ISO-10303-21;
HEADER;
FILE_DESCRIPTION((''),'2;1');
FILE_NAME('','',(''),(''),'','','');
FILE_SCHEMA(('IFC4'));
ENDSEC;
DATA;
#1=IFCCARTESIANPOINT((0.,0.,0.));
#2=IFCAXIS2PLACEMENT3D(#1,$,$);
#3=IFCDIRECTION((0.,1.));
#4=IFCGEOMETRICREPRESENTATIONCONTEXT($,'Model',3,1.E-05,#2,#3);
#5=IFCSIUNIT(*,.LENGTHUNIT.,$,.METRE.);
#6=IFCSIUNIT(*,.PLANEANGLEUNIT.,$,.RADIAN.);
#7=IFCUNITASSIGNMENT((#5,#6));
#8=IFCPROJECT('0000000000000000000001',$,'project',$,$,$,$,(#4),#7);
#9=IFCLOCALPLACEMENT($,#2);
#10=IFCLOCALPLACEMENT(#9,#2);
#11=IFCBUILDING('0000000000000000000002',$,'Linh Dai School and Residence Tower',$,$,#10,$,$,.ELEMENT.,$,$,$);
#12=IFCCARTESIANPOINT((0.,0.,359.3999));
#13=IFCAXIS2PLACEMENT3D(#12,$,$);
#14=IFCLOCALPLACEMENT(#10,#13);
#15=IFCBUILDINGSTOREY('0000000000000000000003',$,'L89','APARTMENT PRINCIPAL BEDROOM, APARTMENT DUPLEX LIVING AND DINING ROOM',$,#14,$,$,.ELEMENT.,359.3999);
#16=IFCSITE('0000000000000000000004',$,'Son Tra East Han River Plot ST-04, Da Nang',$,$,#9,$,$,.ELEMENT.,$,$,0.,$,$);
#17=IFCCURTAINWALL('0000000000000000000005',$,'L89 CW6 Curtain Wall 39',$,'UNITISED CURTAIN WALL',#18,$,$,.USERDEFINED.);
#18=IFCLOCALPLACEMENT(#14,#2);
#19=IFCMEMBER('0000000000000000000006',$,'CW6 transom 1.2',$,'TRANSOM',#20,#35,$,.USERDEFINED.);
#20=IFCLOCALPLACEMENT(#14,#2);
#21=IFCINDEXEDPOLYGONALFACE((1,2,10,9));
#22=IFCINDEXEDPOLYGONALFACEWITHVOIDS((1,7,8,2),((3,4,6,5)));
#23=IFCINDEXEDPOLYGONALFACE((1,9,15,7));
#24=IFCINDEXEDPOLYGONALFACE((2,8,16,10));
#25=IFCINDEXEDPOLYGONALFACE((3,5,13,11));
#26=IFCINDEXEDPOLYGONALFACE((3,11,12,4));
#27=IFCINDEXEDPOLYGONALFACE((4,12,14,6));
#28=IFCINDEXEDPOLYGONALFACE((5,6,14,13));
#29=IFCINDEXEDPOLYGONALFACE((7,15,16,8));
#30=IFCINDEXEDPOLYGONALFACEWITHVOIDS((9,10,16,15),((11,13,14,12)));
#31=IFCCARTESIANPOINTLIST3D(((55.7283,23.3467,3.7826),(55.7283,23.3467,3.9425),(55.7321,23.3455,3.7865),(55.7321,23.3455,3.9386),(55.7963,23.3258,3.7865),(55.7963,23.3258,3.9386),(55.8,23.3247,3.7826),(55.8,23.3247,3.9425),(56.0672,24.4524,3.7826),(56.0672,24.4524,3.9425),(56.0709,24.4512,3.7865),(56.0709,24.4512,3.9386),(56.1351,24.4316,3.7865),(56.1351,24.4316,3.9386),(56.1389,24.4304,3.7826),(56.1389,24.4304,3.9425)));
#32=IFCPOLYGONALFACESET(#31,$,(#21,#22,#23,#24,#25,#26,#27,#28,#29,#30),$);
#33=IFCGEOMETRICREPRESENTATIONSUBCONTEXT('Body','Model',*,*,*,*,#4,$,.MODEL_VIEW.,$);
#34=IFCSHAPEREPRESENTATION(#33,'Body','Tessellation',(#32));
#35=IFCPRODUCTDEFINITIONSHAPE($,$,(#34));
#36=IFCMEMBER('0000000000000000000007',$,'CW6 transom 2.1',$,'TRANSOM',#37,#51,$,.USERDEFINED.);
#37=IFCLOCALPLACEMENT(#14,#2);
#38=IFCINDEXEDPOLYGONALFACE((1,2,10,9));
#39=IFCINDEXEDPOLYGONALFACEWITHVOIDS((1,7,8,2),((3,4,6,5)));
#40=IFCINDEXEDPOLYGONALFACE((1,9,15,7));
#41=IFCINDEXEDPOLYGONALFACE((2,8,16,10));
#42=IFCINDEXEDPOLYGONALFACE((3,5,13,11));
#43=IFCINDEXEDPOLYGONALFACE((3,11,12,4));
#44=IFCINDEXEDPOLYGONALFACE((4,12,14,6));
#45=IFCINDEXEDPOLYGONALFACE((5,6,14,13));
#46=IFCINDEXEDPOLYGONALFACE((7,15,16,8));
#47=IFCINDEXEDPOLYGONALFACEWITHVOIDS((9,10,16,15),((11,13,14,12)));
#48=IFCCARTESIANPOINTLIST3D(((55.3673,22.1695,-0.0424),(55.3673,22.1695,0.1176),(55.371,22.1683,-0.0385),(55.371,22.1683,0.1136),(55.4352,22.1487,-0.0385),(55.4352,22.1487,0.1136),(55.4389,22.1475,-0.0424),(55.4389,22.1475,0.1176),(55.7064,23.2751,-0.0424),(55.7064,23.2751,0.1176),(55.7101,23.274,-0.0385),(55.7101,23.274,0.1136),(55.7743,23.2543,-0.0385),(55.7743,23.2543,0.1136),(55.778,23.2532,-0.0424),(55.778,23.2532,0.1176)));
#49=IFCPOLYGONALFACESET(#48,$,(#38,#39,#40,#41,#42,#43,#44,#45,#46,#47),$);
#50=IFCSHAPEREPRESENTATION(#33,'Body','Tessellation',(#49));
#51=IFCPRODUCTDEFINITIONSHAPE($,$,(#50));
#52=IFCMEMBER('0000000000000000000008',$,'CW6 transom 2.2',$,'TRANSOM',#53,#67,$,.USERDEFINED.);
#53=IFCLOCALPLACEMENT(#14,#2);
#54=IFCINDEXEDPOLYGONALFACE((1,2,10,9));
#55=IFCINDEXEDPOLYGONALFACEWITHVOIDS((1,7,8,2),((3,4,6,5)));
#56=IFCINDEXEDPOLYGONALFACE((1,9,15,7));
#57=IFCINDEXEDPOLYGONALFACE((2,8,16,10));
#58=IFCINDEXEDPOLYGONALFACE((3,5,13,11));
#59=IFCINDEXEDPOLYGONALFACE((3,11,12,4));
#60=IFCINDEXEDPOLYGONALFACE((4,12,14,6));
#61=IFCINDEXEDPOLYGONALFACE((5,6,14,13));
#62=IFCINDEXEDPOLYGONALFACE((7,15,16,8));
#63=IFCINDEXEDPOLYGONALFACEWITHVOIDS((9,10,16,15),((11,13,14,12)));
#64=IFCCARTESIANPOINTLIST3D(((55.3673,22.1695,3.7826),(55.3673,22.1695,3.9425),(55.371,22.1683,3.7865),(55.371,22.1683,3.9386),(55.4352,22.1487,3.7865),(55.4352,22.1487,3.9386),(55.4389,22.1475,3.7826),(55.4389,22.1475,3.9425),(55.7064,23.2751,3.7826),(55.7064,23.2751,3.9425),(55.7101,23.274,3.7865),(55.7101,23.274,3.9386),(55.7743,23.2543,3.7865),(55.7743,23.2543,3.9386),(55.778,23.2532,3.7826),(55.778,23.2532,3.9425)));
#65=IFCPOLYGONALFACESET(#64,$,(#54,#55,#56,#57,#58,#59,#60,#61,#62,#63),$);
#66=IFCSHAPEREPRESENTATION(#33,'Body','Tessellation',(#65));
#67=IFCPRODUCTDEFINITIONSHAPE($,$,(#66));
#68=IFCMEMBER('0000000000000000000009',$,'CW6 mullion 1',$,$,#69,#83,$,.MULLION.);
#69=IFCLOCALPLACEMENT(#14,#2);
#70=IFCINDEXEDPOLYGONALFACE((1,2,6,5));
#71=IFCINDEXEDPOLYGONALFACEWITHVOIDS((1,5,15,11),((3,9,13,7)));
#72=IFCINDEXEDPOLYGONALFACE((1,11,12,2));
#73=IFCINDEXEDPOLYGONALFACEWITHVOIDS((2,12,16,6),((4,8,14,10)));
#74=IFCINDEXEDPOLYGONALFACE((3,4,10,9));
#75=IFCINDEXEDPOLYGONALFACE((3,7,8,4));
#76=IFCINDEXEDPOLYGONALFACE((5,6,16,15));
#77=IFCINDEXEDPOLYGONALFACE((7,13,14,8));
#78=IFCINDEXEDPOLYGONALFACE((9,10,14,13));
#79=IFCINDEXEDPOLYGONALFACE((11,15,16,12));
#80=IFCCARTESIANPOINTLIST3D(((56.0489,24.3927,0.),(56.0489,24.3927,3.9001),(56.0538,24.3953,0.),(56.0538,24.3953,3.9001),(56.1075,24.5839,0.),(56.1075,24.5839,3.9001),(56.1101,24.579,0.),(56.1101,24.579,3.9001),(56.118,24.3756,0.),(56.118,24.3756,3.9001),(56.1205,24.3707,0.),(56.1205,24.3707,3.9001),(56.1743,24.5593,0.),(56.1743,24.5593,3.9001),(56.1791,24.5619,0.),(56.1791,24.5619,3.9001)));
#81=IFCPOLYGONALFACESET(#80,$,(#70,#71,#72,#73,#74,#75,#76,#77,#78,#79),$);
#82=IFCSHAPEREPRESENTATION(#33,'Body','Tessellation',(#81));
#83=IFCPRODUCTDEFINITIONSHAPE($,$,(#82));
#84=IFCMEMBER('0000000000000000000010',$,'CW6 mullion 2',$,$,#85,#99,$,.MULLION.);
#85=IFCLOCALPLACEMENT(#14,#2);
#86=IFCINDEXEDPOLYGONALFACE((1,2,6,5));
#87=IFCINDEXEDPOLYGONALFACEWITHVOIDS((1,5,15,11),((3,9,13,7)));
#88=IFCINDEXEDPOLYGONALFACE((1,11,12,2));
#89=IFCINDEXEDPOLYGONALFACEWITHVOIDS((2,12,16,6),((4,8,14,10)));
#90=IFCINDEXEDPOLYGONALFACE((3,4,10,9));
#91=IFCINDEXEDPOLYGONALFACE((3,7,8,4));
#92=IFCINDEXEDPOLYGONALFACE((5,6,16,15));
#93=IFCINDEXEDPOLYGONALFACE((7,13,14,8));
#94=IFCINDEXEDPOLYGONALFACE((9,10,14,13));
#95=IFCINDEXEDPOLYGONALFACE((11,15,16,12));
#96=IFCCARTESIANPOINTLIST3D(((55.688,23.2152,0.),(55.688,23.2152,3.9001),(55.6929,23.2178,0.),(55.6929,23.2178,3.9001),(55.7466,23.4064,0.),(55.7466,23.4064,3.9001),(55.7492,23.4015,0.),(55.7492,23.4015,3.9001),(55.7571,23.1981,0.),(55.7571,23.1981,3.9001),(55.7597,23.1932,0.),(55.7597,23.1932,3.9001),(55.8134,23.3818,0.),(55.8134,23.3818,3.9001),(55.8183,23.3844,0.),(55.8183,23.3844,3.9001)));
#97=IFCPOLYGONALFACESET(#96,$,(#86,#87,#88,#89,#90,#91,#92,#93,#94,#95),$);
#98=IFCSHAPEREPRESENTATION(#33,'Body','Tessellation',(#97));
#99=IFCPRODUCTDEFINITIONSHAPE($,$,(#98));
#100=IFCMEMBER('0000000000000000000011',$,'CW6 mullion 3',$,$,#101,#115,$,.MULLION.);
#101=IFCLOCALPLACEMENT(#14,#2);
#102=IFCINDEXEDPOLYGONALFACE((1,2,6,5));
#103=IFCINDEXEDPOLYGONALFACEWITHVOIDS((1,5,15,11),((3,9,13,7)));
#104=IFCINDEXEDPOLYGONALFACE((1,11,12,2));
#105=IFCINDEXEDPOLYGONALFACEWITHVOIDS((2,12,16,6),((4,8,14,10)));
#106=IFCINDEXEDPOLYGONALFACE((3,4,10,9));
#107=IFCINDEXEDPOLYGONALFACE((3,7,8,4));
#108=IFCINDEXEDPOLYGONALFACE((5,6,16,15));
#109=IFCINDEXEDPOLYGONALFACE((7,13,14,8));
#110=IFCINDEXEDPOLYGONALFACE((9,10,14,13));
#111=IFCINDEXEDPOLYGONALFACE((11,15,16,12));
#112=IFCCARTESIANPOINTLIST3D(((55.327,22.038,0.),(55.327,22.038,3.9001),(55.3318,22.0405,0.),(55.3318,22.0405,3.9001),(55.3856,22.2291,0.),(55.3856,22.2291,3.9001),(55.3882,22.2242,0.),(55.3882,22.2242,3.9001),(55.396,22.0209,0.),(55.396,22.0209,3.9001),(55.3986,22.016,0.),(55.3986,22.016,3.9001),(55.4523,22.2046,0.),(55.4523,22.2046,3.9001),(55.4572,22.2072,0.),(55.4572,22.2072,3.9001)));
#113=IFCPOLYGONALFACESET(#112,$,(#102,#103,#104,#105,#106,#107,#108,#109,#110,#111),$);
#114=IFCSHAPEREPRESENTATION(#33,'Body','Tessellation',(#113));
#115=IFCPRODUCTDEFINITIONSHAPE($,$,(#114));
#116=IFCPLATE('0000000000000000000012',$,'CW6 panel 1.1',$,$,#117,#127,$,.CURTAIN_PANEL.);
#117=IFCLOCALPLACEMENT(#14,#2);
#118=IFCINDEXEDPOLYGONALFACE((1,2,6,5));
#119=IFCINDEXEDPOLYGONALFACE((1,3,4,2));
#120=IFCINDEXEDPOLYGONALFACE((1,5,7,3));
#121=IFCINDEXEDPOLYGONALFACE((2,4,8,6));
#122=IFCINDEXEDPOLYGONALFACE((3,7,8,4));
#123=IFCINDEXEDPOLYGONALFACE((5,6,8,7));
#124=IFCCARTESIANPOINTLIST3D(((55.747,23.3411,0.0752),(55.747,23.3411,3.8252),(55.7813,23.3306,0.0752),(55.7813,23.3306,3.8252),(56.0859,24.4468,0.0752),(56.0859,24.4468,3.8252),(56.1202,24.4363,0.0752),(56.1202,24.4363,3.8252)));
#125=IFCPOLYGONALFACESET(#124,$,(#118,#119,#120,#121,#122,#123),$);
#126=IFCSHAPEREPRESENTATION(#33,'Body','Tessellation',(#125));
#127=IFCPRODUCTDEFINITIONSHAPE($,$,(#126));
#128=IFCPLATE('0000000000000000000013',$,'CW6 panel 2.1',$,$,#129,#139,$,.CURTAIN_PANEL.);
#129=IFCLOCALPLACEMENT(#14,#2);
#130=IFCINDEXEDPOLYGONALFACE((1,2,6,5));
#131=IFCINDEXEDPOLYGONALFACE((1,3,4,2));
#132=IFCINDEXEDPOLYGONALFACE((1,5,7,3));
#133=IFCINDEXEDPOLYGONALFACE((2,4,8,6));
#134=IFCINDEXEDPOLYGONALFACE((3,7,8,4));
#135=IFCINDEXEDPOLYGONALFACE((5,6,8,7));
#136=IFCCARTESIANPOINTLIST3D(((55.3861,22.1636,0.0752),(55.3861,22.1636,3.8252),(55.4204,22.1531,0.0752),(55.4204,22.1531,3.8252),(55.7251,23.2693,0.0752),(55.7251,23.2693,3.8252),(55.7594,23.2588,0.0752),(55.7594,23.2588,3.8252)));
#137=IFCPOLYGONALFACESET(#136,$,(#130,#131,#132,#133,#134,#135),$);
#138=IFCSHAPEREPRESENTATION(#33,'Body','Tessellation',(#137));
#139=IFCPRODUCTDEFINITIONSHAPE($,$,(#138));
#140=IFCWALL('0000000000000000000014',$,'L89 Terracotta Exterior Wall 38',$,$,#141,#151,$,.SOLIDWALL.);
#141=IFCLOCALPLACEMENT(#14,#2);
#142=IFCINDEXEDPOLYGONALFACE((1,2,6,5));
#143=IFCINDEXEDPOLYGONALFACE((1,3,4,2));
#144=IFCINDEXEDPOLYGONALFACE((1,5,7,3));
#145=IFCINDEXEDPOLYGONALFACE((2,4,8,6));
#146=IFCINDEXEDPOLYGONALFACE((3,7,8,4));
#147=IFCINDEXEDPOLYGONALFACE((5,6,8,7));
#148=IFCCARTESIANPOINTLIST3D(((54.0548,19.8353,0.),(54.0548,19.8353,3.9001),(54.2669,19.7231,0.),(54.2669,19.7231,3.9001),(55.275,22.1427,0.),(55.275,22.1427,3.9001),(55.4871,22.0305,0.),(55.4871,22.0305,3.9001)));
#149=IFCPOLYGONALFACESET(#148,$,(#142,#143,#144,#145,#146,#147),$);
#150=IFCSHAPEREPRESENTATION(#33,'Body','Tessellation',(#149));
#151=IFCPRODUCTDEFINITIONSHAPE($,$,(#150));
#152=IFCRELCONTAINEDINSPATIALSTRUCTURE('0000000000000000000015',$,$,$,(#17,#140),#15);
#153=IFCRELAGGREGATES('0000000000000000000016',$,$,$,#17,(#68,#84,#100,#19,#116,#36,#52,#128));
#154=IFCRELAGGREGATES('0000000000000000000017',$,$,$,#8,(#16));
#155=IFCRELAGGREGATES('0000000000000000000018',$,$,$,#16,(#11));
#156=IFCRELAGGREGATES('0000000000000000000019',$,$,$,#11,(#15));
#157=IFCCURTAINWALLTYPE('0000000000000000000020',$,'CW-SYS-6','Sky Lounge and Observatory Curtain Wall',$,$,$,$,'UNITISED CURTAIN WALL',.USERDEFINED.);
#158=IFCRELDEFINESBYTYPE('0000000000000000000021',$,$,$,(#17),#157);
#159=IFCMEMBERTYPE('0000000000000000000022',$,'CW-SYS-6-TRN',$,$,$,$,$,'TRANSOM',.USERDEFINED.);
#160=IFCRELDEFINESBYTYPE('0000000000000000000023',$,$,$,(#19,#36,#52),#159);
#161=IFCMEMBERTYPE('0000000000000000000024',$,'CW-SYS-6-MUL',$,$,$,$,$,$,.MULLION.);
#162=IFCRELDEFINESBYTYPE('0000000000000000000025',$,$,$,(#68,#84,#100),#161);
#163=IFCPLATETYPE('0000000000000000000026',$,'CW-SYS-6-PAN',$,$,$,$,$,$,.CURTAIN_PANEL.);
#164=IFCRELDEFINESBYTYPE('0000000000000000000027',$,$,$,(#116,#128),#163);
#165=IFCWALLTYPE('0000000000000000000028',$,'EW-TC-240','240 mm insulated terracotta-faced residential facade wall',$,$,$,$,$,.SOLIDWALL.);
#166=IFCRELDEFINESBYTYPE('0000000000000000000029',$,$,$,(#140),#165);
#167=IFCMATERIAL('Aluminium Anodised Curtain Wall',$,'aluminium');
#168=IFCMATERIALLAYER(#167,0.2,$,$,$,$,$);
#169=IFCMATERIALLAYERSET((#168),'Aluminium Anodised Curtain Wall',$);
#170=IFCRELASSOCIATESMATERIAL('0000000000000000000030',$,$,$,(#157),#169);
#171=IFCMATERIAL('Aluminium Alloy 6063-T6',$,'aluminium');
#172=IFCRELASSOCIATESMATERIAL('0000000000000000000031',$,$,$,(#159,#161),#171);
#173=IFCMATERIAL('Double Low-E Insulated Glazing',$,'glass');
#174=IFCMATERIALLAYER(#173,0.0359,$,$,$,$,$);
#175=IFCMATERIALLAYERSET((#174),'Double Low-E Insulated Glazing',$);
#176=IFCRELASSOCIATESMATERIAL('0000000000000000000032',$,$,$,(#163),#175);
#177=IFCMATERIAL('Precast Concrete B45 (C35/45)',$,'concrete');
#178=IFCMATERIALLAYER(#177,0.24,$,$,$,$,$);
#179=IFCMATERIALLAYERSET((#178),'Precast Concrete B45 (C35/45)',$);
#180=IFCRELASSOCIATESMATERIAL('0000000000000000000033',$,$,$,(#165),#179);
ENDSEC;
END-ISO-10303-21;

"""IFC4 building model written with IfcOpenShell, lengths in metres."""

from ifc_helpers import new_model, si_unit, direction, frame, frame_2d, origin, origin_2d, place, context, subcontext, project, spatial, rectangle, hollow_rectangle, extrude, source, transform, mapped, material, layer, layer_set, material_profile, profile_set, type_object, element, aggregate, save


model = new_model("IFC4")

# Units and contexts
model_context = context("Model", 3, precision=1e-05, world=origin(), true_north=direction((0.0, 1.0)))
body_context = subcontext(model_context, "Body", "Model", "MODEL_VIEW")
ifc_project = project(units=[si_unit("LENGTHUNIT", "METRE"), si_unit("PLANEANGLEUNIT", "RADIAN")], contexts=[model_context])

# Site, building, storey
site_placement = place(None, origin())
site = spatial("IfcSite", under=ifc_project, at=site_placement, Name="Son Tra East Han River Plot ST-04, Da Nang", CompositionType="ELEMENT", RefElevation=0.0)
building_placement = place(site_placement, origin())
building = spatial("IfcBuilding", under=site, at=building_placement, Name="Linh Dai School and Residence Tower", CompositionType="ELEMENT")
storey_placement = place(building_placement, frame((0.0, 0.0, 359.3999)))
storey = spatial("IfcBuildingStorey", under=building, at=storey_placement, Name="L89", Description="APARTMENT PRINCIPAL BEDROOM, APARTMENT DUPLEX LIVING AND DINING ROOM", CompositionType="ELEMENT", Elevation=359.3999)

# Curtain wall, members, plates
ifc_material_1 = material(Name="Aluminium Anodised Curtain Wall", Category="aluminium")
ifc_layer_1 = layer(ifc_material_1, 0.2)
ifc_layer_set_1 = layer_set([ifc_layer_1], Name="Aluminium Anodised Curtain Wall")
curtain_wall_type = type_object("IfcCurtainWallType", Name="CW-SYS-6", Description="Sky Lounge and Observatory Curtain Wall", ElementType="UNITISED CURTAIN WALL", PredefinedType="USERDEFINED", material=ifc_layer_set_1)
curtain_wall_placement = place(storey_placement, origin())
curtain_wall = element("IfcCurtainWall", 1, at=curtain_wall_placement, inside=storey, type_object=curtain_wall_type, Name="L89 CW6 Curtain Wall 39", ObjectType="UNITISED CURTAIN WALL", PredefinedType="USERDEFINED")
ifc_material_2 = material(Name="Aluminium Alloy 6063-T6", Category="aluminium")
ifc_material_profile_1 = material_profile(ifc_material_2, hollow_rectangle(XDim=0.075, YDim=0.1599, WallThickness=0.0039, at=origin_2d()), Name="RHS 160x75x4")
ifc_profile_set_1 = profile_set([ifc_material_profile_1], Name="Aluminium Alloy 6063-T6")
member_type_1 = type_object("IfcMemberType", Name="CW-SYS-6-TRN", ElementType="TRANSOM", PredefinedType="USERDEFINED", material=ifc_profile_set_1)
shared_shape_1 = source(origin(), body_context, "Body", "SweptSolid", [
    extrude(hollow_rectangle(XDim=0.075, YDim=0.1599, WallThickness=0.0039, at=origin_2d()), origin(), (0.0, 0.0, 1.0), 1.1565),
])
member_1_placement = place(storey_placement, frame((56.103, 24.4414, 3.8625), z_axis=(-0.293018, -0.956107, 0.0), x_axis=(0.956107, -0.293018, 0.0)))
member_1 = element("IfcMember", 2, at=member_1_placement, type_object=member_type_1, Name="CW6 transom 1.2", ObjectType="TRANSOM", PredefinedType="USERDEFINED", context=body_context, shape_type="MappedRepresentation", body=[
    mapped(shared_shape_1, transform((0.0, 0.0, 0.0), x_axis=(1.0, 0.0, 0.0), y_axis=(0.0, 1.0, 0.0), z_axis=(0.0, 0.0, 1.0), scale=1.0)),
])
member_2_placement = place(storey_placement, frame((55.7422, 23.2642, 0.0376), z_axis=(-0.293211, -0.956048, 0.0), x_axis=(0.956048, -0.293211, 0.0)))
member_2 = element("IfcMember", 3, at=member_2_placement, type_object=member_type_1, Name="CW6 transom 2.1", ObjectType="TRANSOM", PredefinedType="USERDEFINED", context=body_context, shape_type="MappedRepresentation", body=[
    mapped(shared_shape_1, transform((0.0, 0.0, 0.0), x_axis=(1.0, 0.0, 0.0), y_axis=(0.0, 1.0, 0.0), z_axis=(0.0, 0.0, 1.0), scale=1.0)),
])
member_3_placement = place(storey_placement, frame((55.7422, 23.2642, 3.8625), z_axis=(-0.293211, -0.956048, 0.0), x_axis=(0.956048, -0.293211, 0.0)))
member_3 = element("IfcMember", 4, at=member_3_placement, type_object=member_type_1, Name="CW6 transom 2.2", ObjectType="TRANSOM", PredefinedType="USERDEFINED", context=body_context, shape_type="MappedRepresentation", body=[
    mapped(shared_shape_1, transform((0.0, 0.0, 0.0), x_axis=(1.0, 0.0, 0.0), y_axis=(0.0, 1.0, 0.0), z_axis=(0.0, 0.0, 1.0), scale=1.0)),
])
ifc_material_profile_2 = material_profile(ifc_material_2, hollow_rectangle(XDim=0.075, YDim=0.2, WallThickness=0.0039, at=origin_2d()), Name="RHS 200x75x4")
ifc_profile_set_2 = profile_set([ifc_material_profile_2], Name="Aluminium Alloy 6063-T6")
member_type_2 = type_object("IfcMemberType", Name="CW-SYS-6-MUL", PredefinedType="MULLION", material=ifc_profile_set_2)
shared_shape_2 = source(origin(), body_context, "Body", "SweptSolid", [
    extrude(hollow_rectangle(XDim=0.075, YDim=0.2, WallThickness=0.0039, at=origin_2d()), origin(), (0.0, 0.0, 1.0), 3.9001),
])
member_4_placement = place(storey_placement, frame((56.114, 24.4773, 0.0), z_axis=(0.0, 0.0, 1.0), x_axis=(0.956083, -0.293095, 0.0)))
member_4 = element("IfcMember", 5, at=member_4_placement, type_object=member_type_2, Name="CW6 mullion 1", PredefinedType="MULLION", context=body_context, shape_type="MappedRepresentation", body=[
    mapped(shared_shape_2, transform((0.0, 0.0, 0.0), x_axis=(1.0, 0.0, 0.0), y_axis=(0.0, 1.0, 0.0), z_axis=(0.0, 0.0, 1.0), scale=1.0)),
])
member_5_placement = place(storey_placement, frame((55.7532, 23.2998, 0.0), z_axis=(0.0, 0.0, 1.0), x_axis=(0.956083, -0.293095, 0.0)))
member_5 = element("IfcMember", 6, at=member_5_placement, type_object=member_type_2, Name="CW6 mullion 2", PredefinedType="MULLION", context=body_context, shape_type="MappedRepresentation", body=[
    mapped(shared_shape_2, transform((0.0, 0.0, 0.0), x_axis=(1.0, 0.0, 0.0), y_axis=(0.0, 1.0, 0.0), z_axis=(0.0, 0.0, 1.0), scale=1.0)),
])
member_6_placement = place(storey_placement, frame((55.3921, 22.1226, 0.0), z_axis=(0.0, 0.0, 1.0), x_axis=(0.956083, -0.293095, 0.0)))
member_6 = element("IfcMember", 7, at=member_6_placement, type_object=member_type_2, Name="CW6 mullion 3", PredefinedType="MULLION", context=body_context, shape_type="MappedRepresentation", body=[
    mapped(shared_shape_2, transform((0.0, 0.0, 0.0), x_axis=(1.0, 0.0, 0.0), y_axis=(0.0, 1.0, 0.0), z_axis=(0.0, 0.0, 1.0), scale=1.0)),
])
ifc_material_3 = material(Name="Double Low-E Insulated Glazing", Category="glass")
ifc_layer_2 = layer(ifc_material_3, 0.0359)
ifc_layer_set_2 = layer_set([ifc_layer_2], Name="Double Low-E Insulated Glazing")
plate_type = type_object("IfcPlateType", Name="CW-SYS-6-PAN", PredefinedType="CURTAIN_PANEL", material=ifc_layer_set_2)
shared_shape_3 = source(origin(), body_context, "Body", "SweptSolid", [
    extrude(rectangle(XDim=1.1565, YDim=0.0359, at=origin_2d()), origin(), (0.0, 0.0, 1.0), 3.75),
])
plate_1_placement = place(storey_placement, frame((55.9336, 23.8887, 0.0752), z_axis=(0.0, 0.0, 1.0), x_axis=(-0.293095, -0.956083, 0.0)))
plate_1 = element("IfcPlate", 8, at=plate_1_placement, type_object=plate_type, Name="CW6 panel 1.1", PredefinedType="CURTAIN_PANEL", context=body_context, shape_type="MappedRepresentation", body=[
    mapped(shared_shape_3, transform((0.0, 0.0, 0.0), x_axis=(1.0, 0.0, 0.0), y_axis=(0.0, 1.0, 0.0), z_axis=(0.0, 0.0, 1.0), scale=1.0)),
])
plate_2_placement = place(storey_placement, frame((55.5728, 22.7112, 0.0752), z_axis=(0.0, 0.0, 1.0), x_axis=(-0.293095, -0.956083, 0.0)))
plate_2 = element("IfcPlate", 9, at=plate_2_placement, type_object=plate_type, Name="CW6 panel 2.1", PredefinedType="CURTAIN_PANEL", context=body_context, shape_type="MappedRepresentation", body=[
    mapped(shared_shape_3, transform((0.0, 0.0, 0.0), x_axis=(1.0, 0.0, 0.0), y_axis=(0.0, 1.0, 0.0), z_axis=(0.0, 0.0, 1.0), scale=1.0)),
])
aggregate(curtain_wall, [member_4, member_5, member_6, member_1, plate_1, member_2, member_3, plate_2])

# Wall
ifc_material_4 = material(Name="Precast Concrete B45 (C35/45)", Category="concrete")
ifc_layer_3 = layer(ifc_material_4, 0.24)
ifc_layer_set_3 = layer_set([ifc_layer_3], Name="Precast Concrete B45 (C35/45)")
wall_type_1 = type_object("IfcWallType", Name="EW-TC-240", Description="240 mm insulated terracotta-faced residential facade wall", PredefinedType="SOLIDWALL", material=ifc_layer_set_3)
wall_1_placement = place(storey_placement, frame((55.3811, 22.0867, 0.0), z_axis=(0.0, 0.0, 1.0), x_axis=(-0.467488, -0.883999, 0.0)))
element("IfcWall", 10, at=wall_1_placement, inside=storey, type_object=wall_type_1, Name="L89 Terracotta Exterior Wall 38", PredefinedType="SOLIDWALL", context=body_context, shape_type="SweptSolid", body=[
    extrude(rectangle(XDim=2.6101, YDim=0.24, at=frame_2d((1.3052, 0.0))), origin(), (0.0, 0.0, 1.0), 3.9001),
])

save(model, "model.ifc")
